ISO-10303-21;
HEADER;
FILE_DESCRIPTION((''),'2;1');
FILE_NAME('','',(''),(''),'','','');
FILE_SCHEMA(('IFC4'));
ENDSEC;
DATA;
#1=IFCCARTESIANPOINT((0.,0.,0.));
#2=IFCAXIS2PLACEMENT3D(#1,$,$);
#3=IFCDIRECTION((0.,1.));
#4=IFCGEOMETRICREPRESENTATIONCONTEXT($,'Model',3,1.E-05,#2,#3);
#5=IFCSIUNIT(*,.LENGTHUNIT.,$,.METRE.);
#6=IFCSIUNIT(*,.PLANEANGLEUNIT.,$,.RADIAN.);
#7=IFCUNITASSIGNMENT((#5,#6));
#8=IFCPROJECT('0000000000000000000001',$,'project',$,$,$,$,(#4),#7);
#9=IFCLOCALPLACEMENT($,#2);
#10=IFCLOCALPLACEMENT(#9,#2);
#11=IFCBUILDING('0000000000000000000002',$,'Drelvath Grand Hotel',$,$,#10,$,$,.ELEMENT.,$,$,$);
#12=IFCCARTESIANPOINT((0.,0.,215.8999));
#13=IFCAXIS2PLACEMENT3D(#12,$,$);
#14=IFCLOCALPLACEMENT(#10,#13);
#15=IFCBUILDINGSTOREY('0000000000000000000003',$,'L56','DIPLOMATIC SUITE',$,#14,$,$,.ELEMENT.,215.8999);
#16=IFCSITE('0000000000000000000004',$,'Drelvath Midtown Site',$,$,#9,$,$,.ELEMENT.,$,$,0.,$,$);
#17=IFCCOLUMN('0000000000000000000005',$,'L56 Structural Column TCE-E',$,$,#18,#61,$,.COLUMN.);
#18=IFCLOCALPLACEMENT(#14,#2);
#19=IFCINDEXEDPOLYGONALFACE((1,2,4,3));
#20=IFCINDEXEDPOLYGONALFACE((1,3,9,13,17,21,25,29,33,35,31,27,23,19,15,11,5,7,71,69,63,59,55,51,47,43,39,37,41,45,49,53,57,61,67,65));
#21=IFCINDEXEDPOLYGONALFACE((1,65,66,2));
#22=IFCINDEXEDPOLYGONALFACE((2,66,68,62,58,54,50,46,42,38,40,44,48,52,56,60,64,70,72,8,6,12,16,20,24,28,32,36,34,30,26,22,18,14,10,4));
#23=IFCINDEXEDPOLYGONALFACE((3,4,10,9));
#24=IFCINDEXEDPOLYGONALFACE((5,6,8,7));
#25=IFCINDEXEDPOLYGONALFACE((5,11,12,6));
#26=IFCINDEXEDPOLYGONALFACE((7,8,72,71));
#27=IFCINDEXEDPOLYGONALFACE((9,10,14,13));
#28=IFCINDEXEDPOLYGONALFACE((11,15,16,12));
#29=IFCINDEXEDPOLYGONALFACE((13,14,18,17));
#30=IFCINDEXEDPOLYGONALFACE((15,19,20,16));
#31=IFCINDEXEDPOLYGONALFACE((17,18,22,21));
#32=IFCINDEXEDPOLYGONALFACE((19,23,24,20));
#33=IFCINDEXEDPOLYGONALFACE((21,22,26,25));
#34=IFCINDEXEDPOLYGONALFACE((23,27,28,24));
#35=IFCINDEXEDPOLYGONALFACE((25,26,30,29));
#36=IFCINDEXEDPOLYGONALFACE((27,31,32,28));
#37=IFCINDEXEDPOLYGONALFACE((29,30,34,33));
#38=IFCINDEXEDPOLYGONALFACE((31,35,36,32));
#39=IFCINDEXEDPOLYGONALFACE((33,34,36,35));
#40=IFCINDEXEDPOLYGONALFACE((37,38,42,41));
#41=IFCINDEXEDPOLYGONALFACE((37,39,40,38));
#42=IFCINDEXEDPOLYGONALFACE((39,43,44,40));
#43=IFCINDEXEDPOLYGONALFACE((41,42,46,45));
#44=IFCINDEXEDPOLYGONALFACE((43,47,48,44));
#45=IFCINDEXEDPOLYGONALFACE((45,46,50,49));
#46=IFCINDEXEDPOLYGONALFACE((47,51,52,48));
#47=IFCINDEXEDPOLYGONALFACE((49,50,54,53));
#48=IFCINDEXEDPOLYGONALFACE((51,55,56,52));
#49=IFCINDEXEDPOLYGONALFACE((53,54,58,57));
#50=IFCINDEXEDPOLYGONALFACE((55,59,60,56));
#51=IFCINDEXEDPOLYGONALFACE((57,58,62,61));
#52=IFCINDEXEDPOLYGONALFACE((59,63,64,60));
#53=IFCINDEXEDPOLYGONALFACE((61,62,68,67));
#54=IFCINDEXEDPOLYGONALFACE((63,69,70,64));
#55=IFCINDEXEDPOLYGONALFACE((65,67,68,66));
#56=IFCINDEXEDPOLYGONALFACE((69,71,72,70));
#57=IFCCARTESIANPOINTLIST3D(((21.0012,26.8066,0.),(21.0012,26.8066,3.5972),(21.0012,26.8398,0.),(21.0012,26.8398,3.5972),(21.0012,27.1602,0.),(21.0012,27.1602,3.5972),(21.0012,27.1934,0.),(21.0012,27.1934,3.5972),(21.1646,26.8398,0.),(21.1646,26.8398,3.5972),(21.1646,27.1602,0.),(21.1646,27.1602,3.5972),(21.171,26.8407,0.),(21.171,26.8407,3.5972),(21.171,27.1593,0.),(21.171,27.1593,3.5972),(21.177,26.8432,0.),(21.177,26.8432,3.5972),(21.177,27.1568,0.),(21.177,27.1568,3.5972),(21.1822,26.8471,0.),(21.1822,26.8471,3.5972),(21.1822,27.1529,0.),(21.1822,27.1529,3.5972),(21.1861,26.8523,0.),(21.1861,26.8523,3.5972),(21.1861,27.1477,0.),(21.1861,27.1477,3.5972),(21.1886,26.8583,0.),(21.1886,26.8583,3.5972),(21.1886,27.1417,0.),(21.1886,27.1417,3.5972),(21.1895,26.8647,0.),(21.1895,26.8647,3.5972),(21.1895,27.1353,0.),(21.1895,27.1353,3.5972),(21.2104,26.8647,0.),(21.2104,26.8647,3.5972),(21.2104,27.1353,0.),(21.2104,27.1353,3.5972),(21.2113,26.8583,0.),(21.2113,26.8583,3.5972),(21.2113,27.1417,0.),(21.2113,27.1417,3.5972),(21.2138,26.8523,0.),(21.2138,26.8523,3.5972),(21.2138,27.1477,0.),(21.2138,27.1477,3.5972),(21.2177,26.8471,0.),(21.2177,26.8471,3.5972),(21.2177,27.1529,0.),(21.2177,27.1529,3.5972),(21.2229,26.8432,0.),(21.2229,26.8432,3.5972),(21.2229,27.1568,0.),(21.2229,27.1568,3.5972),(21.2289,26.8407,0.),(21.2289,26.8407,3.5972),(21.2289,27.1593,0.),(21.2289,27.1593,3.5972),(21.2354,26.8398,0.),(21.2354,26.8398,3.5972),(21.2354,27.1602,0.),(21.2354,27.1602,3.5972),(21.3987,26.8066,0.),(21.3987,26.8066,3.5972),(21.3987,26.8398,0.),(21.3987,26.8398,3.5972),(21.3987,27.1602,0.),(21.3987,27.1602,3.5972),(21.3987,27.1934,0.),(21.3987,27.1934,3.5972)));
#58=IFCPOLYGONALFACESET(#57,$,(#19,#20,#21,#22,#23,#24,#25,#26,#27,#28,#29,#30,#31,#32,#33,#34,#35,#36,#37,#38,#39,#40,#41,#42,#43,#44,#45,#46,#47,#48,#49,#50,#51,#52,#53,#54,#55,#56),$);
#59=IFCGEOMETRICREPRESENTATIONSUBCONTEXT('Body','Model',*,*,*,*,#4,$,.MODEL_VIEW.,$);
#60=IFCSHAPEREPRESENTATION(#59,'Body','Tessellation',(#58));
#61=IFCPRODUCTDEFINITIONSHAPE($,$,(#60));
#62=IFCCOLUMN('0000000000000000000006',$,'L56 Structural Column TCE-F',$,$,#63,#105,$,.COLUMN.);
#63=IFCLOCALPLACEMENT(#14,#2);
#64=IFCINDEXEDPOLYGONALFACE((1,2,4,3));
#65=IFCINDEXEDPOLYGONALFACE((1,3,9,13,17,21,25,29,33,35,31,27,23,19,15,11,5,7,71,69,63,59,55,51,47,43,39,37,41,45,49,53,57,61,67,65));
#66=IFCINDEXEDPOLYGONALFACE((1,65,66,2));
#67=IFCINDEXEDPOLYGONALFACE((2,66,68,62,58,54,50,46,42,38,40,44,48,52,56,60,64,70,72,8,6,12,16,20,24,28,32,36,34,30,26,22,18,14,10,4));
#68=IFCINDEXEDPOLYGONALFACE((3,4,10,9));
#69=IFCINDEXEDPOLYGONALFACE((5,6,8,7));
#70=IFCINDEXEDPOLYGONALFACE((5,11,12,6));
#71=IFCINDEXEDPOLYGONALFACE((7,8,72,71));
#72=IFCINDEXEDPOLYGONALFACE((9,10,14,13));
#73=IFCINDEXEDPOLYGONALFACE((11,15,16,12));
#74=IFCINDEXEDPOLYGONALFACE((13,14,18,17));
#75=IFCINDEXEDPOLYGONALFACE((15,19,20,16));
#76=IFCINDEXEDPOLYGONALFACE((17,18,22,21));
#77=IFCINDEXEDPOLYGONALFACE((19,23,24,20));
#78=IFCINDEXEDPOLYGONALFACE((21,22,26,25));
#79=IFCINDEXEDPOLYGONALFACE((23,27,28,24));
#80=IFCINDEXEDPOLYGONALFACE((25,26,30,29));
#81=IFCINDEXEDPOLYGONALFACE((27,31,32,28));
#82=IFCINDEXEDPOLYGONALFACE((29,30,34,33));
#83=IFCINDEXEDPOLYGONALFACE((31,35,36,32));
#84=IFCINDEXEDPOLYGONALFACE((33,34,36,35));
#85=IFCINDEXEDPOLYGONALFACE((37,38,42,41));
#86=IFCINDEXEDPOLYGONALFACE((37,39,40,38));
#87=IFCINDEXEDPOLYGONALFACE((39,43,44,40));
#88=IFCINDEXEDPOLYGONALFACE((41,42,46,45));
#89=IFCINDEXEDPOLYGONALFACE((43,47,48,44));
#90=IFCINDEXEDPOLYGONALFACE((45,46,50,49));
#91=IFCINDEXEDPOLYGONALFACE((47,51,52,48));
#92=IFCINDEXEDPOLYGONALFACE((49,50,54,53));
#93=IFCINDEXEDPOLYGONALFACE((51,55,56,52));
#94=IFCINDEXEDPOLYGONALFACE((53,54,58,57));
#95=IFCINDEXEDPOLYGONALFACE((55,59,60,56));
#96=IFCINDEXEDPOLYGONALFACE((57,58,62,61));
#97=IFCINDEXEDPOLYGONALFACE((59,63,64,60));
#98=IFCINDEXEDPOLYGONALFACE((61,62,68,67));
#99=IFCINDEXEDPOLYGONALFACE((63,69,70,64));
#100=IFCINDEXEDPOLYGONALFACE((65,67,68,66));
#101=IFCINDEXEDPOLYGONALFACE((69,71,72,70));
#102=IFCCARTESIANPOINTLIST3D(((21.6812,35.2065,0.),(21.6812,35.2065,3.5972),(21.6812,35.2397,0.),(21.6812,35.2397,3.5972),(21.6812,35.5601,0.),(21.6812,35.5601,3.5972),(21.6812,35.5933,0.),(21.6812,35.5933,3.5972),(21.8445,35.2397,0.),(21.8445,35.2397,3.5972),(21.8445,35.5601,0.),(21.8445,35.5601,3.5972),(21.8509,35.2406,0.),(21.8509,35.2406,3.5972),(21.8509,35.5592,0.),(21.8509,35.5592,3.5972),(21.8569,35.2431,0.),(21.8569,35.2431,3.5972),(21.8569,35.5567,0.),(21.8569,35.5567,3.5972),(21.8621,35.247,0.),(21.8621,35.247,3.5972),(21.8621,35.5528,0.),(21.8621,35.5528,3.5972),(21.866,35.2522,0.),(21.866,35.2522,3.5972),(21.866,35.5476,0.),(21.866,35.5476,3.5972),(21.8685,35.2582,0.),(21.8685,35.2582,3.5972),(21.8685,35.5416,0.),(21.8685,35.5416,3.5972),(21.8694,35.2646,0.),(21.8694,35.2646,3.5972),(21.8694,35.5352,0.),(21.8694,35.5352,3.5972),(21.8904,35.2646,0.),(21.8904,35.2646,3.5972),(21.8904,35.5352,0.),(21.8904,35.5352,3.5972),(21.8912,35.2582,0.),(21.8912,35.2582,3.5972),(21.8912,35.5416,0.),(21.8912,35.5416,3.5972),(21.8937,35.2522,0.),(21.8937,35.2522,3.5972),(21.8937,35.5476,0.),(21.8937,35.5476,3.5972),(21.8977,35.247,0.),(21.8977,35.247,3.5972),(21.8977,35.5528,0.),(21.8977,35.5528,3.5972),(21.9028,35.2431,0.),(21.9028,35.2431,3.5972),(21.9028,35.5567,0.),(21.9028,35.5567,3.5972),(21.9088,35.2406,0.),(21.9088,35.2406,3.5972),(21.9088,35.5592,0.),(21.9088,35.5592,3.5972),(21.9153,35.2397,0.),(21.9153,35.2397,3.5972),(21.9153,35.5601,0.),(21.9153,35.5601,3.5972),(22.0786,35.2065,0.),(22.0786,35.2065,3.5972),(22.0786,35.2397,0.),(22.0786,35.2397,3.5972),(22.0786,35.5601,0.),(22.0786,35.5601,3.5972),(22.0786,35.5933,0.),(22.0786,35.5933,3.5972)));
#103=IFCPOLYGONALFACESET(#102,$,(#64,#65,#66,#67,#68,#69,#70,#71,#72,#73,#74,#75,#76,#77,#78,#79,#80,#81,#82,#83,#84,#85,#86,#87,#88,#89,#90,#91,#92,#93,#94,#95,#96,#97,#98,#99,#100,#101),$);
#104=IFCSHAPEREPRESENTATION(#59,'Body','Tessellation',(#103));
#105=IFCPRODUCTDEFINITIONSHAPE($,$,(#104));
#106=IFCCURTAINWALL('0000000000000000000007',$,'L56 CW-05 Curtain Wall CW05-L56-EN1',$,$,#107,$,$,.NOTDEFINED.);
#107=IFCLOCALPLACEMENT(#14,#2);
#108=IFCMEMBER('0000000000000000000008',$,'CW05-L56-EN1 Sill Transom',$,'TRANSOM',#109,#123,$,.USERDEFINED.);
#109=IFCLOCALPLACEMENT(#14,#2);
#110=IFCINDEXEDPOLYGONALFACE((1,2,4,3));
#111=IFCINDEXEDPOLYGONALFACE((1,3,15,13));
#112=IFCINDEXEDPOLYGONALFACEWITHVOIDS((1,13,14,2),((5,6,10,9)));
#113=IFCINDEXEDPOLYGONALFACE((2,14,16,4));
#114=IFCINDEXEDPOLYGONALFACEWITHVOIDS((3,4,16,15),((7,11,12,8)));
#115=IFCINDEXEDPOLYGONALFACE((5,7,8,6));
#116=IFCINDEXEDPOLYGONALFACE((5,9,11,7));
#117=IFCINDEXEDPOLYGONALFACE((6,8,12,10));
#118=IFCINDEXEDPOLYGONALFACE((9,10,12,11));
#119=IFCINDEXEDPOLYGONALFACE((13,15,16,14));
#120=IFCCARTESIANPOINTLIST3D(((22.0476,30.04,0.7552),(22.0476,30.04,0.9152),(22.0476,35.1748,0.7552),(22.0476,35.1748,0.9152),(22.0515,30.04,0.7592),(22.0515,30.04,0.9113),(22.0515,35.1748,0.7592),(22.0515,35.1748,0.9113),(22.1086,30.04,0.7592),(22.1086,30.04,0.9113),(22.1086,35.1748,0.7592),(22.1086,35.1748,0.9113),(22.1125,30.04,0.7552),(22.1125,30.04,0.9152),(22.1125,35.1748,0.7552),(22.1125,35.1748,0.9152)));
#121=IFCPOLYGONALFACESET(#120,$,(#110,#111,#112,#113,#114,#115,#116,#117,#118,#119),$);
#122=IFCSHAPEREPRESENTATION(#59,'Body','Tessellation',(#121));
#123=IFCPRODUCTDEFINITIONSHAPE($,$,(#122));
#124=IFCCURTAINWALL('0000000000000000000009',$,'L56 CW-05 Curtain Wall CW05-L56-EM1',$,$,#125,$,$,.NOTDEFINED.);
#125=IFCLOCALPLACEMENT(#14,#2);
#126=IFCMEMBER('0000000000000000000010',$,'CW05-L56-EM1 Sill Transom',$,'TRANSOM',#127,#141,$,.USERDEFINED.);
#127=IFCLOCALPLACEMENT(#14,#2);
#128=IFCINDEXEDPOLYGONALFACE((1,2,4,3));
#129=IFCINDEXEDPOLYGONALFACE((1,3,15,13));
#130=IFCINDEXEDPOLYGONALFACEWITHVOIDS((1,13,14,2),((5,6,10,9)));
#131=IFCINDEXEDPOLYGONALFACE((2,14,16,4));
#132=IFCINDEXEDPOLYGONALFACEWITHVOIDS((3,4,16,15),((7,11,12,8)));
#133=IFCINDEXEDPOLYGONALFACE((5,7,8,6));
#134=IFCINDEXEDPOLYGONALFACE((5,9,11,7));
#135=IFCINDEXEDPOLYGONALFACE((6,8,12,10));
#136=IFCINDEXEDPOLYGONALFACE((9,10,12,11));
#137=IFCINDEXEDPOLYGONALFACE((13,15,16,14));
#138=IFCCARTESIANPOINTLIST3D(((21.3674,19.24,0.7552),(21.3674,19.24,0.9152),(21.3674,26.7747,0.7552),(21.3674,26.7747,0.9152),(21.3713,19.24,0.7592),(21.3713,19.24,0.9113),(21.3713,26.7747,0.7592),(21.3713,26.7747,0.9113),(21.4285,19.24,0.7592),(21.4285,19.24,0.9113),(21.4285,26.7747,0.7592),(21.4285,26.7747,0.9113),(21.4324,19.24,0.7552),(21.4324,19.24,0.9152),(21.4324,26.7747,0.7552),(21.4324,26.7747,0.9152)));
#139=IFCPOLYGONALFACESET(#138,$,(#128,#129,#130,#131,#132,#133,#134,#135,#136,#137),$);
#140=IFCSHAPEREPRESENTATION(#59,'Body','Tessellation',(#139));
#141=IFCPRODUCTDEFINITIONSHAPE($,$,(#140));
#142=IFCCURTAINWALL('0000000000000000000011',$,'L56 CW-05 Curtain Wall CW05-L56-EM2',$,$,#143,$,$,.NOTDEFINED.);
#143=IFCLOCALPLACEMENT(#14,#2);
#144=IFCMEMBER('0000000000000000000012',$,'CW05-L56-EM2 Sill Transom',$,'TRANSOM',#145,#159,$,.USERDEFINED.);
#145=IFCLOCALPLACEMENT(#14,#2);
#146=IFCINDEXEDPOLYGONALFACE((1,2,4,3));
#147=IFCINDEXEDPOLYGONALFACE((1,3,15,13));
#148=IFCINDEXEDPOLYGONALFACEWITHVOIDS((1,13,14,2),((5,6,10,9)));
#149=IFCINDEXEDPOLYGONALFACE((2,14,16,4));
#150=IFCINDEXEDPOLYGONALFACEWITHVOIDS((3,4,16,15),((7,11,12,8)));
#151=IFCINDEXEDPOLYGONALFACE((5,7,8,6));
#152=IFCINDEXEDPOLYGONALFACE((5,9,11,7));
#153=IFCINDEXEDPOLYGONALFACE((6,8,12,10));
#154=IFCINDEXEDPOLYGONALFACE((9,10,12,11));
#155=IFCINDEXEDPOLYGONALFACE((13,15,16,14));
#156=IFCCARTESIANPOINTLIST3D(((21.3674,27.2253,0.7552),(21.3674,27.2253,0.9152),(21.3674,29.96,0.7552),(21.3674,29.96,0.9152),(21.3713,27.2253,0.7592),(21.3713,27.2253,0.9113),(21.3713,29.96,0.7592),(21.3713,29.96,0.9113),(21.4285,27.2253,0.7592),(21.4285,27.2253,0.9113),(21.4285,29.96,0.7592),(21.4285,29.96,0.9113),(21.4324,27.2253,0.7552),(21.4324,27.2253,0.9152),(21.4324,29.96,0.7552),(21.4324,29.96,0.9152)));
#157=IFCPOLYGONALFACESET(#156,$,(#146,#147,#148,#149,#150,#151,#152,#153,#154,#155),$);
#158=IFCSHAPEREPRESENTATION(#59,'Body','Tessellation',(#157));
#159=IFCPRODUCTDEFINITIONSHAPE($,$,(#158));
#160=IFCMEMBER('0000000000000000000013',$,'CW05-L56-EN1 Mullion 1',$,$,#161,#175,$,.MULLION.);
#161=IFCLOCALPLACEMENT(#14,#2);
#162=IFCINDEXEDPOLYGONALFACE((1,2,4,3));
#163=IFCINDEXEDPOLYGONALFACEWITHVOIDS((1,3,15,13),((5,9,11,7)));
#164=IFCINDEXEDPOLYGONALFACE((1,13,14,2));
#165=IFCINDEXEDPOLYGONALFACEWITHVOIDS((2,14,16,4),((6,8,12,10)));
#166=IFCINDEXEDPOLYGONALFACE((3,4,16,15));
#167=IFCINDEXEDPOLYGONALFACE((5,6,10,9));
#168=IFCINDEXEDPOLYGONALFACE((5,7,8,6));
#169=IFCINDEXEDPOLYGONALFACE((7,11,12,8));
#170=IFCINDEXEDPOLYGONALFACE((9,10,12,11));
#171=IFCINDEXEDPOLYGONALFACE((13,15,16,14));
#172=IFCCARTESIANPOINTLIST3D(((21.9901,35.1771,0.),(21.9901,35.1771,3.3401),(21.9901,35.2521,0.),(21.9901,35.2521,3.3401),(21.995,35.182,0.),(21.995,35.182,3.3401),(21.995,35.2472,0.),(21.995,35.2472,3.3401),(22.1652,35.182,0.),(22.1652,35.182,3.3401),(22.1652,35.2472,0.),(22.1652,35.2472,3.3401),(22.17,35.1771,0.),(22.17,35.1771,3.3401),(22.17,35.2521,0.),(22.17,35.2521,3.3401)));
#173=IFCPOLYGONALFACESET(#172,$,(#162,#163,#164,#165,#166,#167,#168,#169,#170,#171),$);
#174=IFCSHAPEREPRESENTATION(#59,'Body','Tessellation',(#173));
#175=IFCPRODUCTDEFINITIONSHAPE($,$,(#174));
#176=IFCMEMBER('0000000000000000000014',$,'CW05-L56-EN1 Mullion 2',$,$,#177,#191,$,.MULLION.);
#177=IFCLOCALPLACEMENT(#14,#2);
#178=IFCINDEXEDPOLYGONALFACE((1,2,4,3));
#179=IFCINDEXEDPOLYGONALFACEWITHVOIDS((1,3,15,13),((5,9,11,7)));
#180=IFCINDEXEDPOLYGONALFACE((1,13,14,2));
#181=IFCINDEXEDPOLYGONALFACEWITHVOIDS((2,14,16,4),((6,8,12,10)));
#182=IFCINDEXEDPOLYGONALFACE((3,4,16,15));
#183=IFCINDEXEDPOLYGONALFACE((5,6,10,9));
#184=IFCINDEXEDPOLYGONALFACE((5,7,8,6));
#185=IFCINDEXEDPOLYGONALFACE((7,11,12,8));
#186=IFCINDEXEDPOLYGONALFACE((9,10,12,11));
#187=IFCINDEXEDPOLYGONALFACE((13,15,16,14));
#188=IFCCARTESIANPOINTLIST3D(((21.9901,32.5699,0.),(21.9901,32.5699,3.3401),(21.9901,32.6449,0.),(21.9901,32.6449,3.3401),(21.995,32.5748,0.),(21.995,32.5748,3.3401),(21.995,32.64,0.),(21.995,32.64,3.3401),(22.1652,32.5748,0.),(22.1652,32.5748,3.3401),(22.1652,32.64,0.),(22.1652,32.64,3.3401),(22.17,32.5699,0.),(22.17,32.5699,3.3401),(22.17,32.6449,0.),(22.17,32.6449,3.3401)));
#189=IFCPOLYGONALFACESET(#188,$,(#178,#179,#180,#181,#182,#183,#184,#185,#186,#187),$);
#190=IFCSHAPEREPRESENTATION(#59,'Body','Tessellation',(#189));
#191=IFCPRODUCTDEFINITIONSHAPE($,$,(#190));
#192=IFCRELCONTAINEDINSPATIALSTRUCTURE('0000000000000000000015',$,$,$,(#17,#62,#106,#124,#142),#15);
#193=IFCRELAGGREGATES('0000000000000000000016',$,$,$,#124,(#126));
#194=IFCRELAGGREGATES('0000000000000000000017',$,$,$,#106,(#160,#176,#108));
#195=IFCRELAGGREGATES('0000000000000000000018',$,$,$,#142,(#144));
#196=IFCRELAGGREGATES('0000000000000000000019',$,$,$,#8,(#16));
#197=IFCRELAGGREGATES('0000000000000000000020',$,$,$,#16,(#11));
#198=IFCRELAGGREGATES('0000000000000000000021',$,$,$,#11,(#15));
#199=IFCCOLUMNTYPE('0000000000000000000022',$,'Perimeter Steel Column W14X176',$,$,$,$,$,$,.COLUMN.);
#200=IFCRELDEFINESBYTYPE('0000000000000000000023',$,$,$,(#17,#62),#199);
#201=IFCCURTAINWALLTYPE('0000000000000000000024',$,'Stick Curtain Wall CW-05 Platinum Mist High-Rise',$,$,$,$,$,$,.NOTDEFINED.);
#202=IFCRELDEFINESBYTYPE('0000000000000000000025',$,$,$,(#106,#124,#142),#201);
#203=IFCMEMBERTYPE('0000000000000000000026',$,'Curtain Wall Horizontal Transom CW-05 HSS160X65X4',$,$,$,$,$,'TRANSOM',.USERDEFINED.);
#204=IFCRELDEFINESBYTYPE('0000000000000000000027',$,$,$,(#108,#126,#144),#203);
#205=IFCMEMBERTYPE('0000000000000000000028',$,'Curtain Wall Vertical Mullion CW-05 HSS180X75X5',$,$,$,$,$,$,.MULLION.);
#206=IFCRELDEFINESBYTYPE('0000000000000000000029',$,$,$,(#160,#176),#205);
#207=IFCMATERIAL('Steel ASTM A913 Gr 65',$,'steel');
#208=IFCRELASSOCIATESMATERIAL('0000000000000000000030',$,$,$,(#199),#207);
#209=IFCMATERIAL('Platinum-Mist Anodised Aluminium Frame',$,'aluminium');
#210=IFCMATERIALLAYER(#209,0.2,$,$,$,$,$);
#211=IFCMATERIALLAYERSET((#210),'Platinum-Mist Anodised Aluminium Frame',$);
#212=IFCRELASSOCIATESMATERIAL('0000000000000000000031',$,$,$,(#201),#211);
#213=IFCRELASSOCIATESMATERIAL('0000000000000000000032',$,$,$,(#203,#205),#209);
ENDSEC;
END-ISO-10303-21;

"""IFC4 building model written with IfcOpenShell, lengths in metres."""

from ifc_helpers import new_model, si_unit, direction, frame, origin, origin_2d, place, context, subcontext, project, spatial, hollow_rectangle, i_section, extrude, material, layer, layer_set, material_profile, profile_set, type_object, element, aggregate, save


model = new_model("IFC4")

# Units and contexts
model_context = context("Model", 3, precision=1e-05, world=origin(), true_north=direction((0.0, 1.0)))
body_context = subcontext(model_context, "Body", "Model", "MODEL_VIEW")
ifc_project = project(units=[si_unit("LENGTHUNIT", "METRE"), si_unit("PLANEANGLEUNIT", "RADIAN")], contexts=[model_context])

# Site, building, storey
site_placement = place(None, origin())
site = spatial("IfcSite", under=ifc_project, at=site_placement, Name="Drelvath Midtown Site", CompositionType="ELEMENT", RefElevation=0.0)
building_placement = place(site_placement, origin())
building = spatial("IfcBuilding", under=site, at=building_placement, Name="Drelvath Grand Hotel", CompositionType="ELEMENT")
storey_placement = place(building_placement, frame((0.0, 0.0, 215.8999)))
storey = spatial("IfcBuildingStorey", under=building, at=storey_placement, Name="L56", Description="DIPLOMATIC SUITE", CompositionType="ELEMENT", Elevation=215.8999)

# Columns
ifc_material_1 = material(Name="Steel ASTM A913 Gr 65", Category="steel")
ifc_material_profile_1 = material_profile(ifc_material_1, i_section(OverallWidth=0.3975, OverallDepth=0.3867, WebThickness=0.021, FlangeThickness=0.0332, FilletRadius=0.0249, at=origin_2d()), Name="W14X176")
ifc_profile_set_1 = profile_set([ifc_material_profile_1], Name="Steel ASTM A913 Gr 65")
column_type = type_object("IfcColumnType", Name="Perimeter Steel Column W14X176", PredefinedType="COLUMN", material=ifc_profile_set_1)
for number, where, z_axis, x_axis, name in (
    (1, (21.2, 27.0, 0.0), (0.0, 0.0, 1.0), (1.0, 0.0, 0.0), "L56 Structural Column TCE-E"),
    (2, (21.8799, 35.3999, 0.0), (0.0, 0.0, 1.0), (1.0, 0.0, 0.0), "L56 Structural Column TCE-F"),
):
    element("IfcColumn", number, at=place(storey_placement, frame(where, z_axis=z_axis, x_axis=x_axis)), inside=storey, type_object=column_type, Name=name, PredefinedType="COLUMN", context=body_context, shape_type="SweptSolid", body=[
        extrude(i_section(OverallWidth=0.3975, OverallDepth=0.3867, WebThickness=0.021, FlangeThickness=0.0332, FilletRadius=0.0249, at=origin_2d()), origin(), (0.0, 0.0, 1.0), 3.5972),
    ])

# Curtain walls, members
ifc_material_2 = material(Name="Platinum-Mist Anodised Aluminium Frame", Category="aluminium")
ifc_layer_1 = layer(ifc_material_2, 0.2)
ifc_layer_set_1 = layer_set([ifc_layer_1], Name="Platinum-Mist Anodised Aluminium Frame")
curtain_wall_type = type_object("IfcCurtainWallType", Name="Stick Curtain Wall CW-05 Platinum Mist High-Rise", PredefinedType="NOTDEFINED", material=ifc_layer_set_1)
curtain_wall_1_placement = place(storey_placement, origin())
curtain_wall_1 = element("IfcCurtainWall", 3, at=curtain_wall_1_placement, inside=storey, type_object=curtain_wall_type, Name="L56 CW-05 Curtain Wall CW05-L56-EN1", PredefinedType="NOTDEFINED")
ifc_material_profile_2 = material_profile(ifc_material_2, hollow_rectangle(XDim=0.0649, YDim=0.1599, WallThickness=0.0039, at=origin_2d()), Name="HSS160X65X4")
ifc_profile_set_2 = profile_set([ifc_material_profile_2], Name="Platinum-Mist Anodised Aluminium Frame")
member_type_1 = type_object("IfcMemberType", Name="Curtain Wall Horizontal Transom CW-05 HSS160X65X4", ElementType="TRANSOM", PredefinedType="USERDEFINED", material=ifc_profile_set_2)
member_1_placement = place(storey_placement, frame((22.0801, 35.1748, 0.8352), z_axis=(0.0, -1.0, 0.0), x_axis=(1.0, 0.0, 0.0)))
member_1 = element("IfcMember", 4, at=member_1_placement, type_object=member_type_1, Name="CW05-L56-EN1 Sill Transom", ObjectType="TRANSOM", PredefinedType="USERDEFINED", context=body_context, shape_type="SweptSolid", body=[
    extrude(hollow_rectangle(XDim=0.0649, YDim=0.1599, WallThickness=0.0039, at=origin_2d()), origin(), (0.0, 0.0, 1.0), 5.1348),
])
curtain_wall_2_placement = place(storey_placement, origin())
curtain_wall_2 = element("IfcCurtainWall", 5, at=curtain_wall_2_placement, inside=storey, type_object=curtain_wall_type, Name="L56 CW-05 Curtain Wall CW05-L56-EM1", PredefinedType="NOTDEFINED")
member_2_placement = place(storey_placement, frame((21.3999, 26.7747, 0.8352), z_axis=(0.0, -1.0, 0.0), x_axis=(1.0, 0.0, 0.0)))
member_2 = element("IfcMember", 6, at=member_2_placement, type_object=member_type_1, Name="CW05-L56-EM1 Sill Transom", ObjectType="TRANSOM", PredefinedType="USERDEFINED", context=body_context, shape_type="SweptSolid", body=[
    extrude(hollow_rectangle(XDim=0.0649, YDim=0.1599, WallThickness=0.0039, at=origin_2d()), origin(), (0.0, 0.0, 1.0), 7.5347),
])
curtain_wall_3_placement = place(storey_placement, origin())
curtain_wall_3 = element("IfcCurtainWall", 7, at=curtain_wall_3_placement, inside=storey, type_object=curtain_wall_type, Name="L56 CW-05 Curtain Wall CW05-L56-EM2", PredefinedType="NOTDEFINED")
member_3_placement = place(storey_placement, frame((21.3999, 29.96, 0.8352), z_axis=(0.0, -1.0, 0.0), x_axis=(1.0, 0.0, 0.0)))
member_3 = element("IfcMember", 8, at=member_3_placement, type_object=member_type_1, Name="CW05-L56-EM2 Sill Transom", ObjectType="TRANSOM", PredefinedType="USERDEFINED", context=body_context, shape_type="SweptSolid", body=[
    extrude(hollow_rectangle(XDim=0.0649, YDim=0.1599, WallThickness=0.0039, at=origin_2d()), origin(), (0.0, 0.0, 1.0), 2.7346),
])

# Members
ifc_material_profile_3 = material_profile(ifc_material_2, hollow_rectangle(XDim=0.075, YDim=0.1799, WallThickness=0.0049, at=origin_2d()), Name="HSS180X75X5")
ifc_profile_set_3 = profile_set([ifc_material_profile_3], Name="Platinum-Mist Anodised Aluminium Frame")
member_type_2 = type_object("IfcMemberType", Name="Curtain Wall Vertical Mullion CW-05 HSS180X75X5", PredefinedType="MULLION", material=ifc_profile_set_3)
member_4_placement = place(storey_placement, frame((22.0801, 35.2146, 0.0), z_axis=(0.0, 0.0, 1.0), x_axis=(0.0, 1.0, 0.0)))
member_4 = element("IfcMember", 9, at=member_4_placement, type_object=member_type_2, Name="CW05-L56-EN1 Mullion 1", PredefinedType="MULLION", context=body_context, shape_type="SweptSolid", body=[
    extrude(hollow_rectangle(XDim=0.075, YDim=0.1799, WallThickness=0.0049, at=origin_2d()), origin(), (0.0, 0.0, 1.0), 3.3401),
])
member_5_placement = place(storey_placement, frame((22.0801, 32.6074, 0.0), z_axis=(0.0, 0.0, 1.0), x_axis=(0.0, 1.0, 0.0)))
member_5 = element("IfcMember", 10, at=member_5_placement, type_object=member_type_2, Name="CW05-L56-EN1 Mullion 2", PredefinedType="MULLION", context=body_context, shape_type="SweptSolid", body=[
    extrude(hollow_rectangle(XDim=0.075, YDim=0.1799, WallThickness=0.0049, at=origin_2d()), origin(), (0.0, 0.0, 1.0), 3.3401),
])

aggregate(curtain_wall_2, [member_2])

aggregate(curtain_wall_1, [member_4, member_5, member_1])
aggregate(curtain_wall_3, [member_3])

save(model, "model.ifc")
